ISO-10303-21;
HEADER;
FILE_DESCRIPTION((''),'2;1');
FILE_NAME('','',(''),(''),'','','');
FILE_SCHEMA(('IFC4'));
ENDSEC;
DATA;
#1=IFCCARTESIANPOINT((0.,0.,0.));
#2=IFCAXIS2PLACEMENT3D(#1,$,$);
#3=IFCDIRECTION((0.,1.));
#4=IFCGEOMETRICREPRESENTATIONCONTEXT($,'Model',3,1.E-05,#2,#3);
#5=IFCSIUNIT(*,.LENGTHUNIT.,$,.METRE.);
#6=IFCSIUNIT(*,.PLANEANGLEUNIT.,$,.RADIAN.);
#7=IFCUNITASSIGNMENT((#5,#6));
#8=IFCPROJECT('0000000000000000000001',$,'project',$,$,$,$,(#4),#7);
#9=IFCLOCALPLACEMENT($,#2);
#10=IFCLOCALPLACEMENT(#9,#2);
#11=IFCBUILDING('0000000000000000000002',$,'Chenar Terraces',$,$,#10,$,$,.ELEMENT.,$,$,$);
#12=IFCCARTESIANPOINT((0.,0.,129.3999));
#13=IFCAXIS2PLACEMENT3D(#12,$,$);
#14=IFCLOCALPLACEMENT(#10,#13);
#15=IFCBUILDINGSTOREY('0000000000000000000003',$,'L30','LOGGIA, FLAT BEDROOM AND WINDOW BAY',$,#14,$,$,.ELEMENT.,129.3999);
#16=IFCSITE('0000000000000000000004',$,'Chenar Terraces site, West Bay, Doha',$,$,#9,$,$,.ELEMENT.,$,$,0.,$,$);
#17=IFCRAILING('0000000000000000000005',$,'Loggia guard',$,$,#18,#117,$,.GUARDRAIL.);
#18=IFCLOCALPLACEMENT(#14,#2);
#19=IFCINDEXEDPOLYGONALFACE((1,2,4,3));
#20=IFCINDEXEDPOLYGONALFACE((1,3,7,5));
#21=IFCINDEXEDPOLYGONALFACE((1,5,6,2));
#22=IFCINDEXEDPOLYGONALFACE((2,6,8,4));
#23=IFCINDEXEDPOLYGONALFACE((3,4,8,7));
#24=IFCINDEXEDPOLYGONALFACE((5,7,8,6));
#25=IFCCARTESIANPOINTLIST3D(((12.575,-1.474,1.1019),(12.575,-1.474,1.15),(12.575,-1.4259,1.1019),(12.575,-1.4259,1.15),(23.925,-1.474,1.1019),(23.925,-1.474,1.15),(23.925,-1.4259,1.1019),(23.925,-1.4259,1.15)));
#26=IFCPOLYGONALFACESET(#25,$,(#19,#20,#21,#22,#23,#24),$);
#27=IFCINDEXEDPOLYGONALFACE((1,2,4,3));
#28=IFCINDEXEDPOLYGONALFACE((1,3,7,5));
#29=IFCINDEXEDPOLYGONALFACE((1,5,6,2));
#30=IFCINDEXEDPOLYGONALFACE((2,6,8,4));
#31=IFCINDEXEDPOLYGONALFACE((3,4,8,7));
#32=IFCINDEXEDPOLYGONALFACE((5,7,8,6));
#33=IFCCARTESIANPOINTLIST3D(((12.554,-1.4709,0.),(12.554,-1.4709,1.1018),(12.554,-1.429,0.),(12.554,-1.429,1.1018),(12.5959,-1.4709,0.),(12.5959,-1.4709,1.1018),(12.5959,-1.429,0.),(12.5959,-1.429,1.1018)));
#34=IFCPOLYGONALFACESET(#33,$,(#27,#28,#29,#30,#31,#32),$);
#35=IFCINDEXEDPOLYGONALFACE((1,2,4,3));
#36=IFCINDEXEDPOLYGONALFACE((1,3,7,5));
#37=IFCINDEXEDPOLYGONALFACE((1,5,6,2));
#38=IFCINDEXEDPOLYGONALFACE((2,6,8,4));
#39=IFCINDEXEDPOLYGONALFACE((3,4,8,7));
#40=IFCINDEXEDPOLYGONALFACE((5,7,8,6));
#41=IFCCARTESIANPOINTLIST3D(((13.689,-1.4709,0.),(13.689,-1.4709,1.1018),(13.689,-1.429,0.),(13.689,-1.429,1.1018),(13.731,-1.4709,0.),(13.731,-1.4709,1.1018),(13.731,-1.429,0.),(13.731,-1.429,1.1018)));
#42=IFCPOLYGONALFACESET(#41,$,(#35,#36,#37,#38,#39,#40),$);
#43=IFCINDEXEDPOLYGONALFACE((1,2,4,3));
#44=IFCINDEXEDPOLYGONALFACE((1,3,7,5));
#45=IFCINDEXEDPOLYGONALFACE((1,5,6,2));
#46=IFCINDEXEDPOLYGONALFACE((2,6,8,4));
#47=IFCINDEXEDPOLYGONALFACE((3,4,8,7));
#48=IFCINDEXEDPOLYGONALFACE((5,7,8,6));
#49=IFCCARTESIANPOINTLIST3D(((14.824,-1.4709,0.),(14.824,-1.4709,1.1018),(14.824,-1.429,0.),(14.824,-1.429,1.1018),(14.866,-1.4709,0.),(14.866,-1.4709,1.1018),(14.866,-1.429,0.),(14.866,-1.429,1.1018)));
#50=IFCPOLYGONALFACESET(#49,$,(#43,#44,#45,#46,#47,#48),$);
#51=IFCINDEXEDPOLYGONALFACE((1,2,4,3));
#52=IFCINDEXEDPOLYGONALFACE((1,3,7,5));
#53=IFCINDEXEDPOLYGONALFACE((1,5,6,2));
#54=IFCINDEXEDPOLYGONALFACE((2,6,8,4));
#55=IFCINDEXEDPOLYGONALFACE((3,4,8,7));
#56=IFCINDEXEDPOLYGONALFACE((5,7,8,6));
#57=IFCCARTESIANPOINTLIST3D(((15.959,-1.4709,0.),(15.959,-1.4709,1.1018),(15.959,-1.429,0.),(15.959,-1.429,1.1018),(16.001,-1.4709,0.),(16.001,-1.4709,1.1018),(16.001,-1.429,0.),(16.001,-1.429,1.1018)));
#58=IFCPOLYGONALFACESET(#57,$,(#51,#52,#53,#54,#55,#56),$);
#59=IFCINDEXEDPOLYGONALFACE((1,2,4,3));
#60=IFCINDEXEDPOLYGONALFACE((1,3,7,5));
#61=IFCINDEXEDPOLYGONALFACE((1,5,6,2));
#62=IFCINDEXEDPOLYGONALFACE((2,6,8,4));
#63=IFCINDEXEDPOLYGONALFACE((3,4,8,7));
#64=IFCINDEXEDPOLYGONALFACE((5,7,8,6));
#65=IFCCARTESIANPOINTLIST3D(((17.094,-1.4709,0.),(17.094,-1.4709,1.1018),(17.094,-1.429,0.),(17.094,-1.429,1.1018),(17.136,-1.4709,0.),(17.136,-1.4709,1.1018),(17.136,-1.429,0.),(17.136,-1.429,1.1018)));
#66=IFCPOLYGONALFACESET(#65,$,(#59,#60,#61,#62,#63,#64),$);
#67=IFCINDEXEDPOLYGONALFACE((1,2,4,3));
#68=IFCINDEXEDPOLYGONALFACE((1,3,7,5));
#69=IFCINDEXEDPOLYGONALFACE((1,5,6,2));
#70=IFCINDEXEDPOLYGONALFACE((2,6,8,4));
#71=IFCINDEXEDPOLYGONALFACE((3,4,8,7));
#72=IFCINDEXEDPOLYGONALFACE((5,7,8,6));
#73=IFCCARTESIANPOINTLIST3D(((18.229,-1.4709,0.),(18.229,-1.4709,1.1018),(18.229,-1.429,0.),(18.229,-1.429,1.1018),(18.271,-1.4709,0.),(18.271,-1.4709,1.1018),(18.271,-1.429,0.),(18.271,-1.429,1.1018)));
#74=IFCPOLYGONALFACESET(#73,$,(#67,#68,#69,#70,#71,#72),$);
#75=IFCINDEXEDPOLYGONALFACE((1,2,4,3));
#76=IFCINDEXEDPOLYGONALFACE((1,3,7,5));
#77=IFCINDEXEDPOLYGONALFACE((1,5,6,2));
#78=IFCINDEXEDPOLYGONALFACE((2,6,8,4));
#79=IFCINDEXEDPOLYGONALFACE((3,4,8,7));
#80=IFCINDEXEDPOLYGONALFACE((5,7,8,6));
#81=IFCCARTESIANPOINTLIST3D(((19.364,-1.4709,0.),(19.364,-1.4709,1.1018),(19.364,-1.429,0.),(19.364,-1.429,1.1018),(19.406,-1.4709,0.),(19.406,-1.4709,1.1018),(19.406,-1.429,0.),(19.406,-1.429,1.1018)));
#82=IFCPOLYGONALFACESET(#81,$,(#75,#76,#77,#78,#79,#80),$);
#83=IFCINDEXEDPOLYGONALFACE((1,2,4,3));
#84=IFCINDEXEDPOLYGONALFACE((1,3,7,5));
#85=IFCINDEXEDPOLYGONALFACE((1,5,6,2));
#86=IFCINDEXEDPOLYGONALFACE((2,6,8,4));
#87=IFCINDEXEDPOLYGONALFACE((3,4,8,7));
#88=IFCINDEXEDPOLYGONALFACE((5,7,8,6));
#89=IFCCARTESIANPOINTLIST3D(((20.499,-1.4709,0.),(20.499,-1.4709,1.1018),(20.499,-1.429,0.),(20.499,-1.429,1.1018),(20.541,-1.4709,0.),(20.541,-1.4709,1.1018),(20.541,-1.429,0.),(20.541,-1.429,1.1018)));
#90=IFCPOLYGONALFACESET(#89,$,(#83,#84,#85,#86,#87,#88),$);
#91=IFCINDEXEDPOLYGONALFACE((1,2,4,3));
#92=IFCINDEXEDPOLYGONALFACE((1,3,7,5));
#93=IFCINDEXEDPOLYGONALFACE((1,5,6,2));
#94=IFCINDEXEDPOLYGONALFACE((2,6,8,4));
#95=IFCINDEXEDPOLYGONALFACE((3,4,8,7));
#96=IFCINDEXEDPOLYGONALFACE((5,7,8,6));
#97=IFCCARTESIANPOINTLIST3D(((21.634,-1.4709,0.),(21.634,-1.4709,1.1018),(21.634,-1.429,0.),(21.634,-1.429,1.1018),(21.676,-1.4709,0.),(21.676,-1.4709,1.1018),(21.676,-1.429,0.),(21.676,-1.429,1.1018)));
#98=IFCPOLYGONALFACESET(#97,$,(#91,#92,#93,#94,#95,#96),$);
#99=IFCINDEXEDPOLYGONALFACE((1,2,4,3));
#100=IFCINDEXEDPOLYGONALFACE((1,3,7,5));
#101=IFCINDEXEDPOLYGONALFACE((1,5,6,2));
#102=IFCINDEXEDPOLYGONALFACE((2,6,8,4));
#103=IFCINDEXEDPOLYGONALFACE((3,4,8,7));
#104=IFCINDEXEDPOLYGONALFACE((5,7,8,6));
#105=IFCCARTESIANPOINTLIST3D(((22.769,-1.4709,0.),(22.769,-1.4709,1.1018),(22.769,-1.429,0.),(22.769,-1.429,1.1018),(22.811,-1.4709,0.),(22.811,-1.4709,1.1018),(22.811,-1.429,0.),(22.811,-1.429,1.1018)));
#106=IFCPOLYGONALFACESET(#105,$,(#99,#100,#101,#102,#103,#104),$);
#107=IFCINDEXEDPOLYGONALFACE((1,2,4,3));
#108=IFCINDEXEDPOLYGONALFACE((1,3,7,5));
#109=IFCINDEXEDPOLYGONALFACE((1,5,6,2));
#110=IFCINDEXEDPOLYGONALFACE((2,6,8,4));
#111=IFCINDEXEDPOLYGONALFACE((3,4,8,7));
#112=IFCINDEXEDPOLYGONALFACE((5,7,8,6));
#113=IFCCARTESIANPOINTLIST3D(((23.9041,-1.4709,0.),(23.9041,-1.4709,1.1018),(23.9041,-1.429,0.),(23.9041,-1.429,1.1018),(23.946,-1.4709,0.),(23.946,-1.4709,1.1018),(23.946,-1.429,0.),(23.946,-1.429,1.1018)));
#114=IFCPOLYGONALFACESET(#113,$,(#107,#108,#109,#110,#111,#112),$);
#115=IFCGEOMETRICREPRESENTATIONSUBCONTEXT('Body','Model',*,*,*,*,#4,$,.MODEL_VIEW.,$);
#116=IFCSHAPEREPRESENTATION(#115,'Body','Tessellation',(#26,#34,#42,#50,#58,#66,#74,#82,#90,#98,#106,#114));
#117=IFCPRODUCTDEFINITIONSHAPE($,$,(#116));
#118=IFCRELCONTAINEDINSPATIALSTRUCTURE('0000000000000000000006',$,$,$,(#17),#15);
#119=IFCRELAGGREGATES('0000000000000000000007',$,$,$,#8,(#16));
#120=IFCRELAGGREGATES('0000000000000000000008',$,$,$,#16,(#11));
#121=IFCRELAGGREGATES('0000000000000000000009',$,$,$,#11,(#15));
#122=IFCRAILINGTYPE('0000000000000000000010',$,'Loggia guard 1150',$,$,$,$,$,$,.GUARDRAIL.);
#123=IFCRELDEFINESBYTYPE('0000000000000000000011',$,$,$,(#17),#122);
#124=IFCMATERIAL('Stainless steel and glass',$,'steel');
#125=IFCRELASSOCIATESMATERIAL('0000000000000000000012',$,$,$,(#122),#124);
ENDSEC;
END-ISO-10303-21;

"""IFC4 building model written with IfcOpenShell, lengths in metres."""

from ifc_helpers import new_model, si_unit, direction, frame, origin, origin_2d, place, context, subcontext, project, spatial, rectangle, extrude, material, type_object, element, save


model = new_model("IFC4")

# Units and contexts
model_context = context("Model", 3, precision=1e-05, world=origin(), true_north=direction((0.0, 1.0)))
body_context = subcontext(model_context, "Body", "Model", "MODEL_VIEW")
ifc_project = project(units=[si_unit("LENGTHUNIT", "METRE"), si_unit("PLANEANGLEUNIT", "RADIAN")], contexts=[model_context])

# Site, building, storey
site_placement = place(None, origin())
site = spatial("IfcSite", under=ifc_project, at=site_placement, Name="Chenar Terraces site, West Bay, Doha", CompositionType="ELEMENT", RefElevation=0.0)
building_placement = place(site_placement, origin())
building = spatial("IfcBuilding", under=site, at=building_placement, Name="Chenar Terraces", CompositionType="ELEMENT")
storey_placement = place(building_placement, frame((0.0, 0.0, 129.3999)))
storey = spatial("IfcBuildingStorey", under=building, at=storey_placement, Name="L30", Description="LOGGIA, FLAT BEDROOM AND WINDOW BAY", CompositionType="ELEMENT", Elevation=129.3999)

# Railing
ifc_material_1 = material(Name="Stainless steel and glass", Category="steel")
railing_type = type_object("IfcRailingType", Name="Loggia guard 1150", PredefinedType="GUARDRAIL", material=ifc_material_1)
railing_placement = place(storey_placement, frame((12.575, -1.45, 0.0)))
element("IfcRailing", 1, at=railing_placement, inside=storey, type_object=railing_type, Name="Loggia guard", PredefinedType="GUARDRAIL", context=body_context, shape_type="SweptSolid", body=[
    extrude(rectangle(XDim=0.0481, YDim=0.0481, at=origin_2d()), frame((0.0, 0.0, 1.126), z_axis=(1.0, 0.0, 0.0), x_axis=(0.0, 1.0, 0.0)), (0.0, 0.0, 1.0), 11.3501),
    extrude(rectangle(XDim=0.042, YDim=0.042, at=origin_2d()), origin(), (0.0, 0.0, 1.0), 1.1018),
    extrude(rectangle(XDim=0.042, YDim=0.042, at=origin_2d()), frame((1.135, 0.0, 0.0)), (0.0, 0.0, 1.0), 1.1018),
    extrude(rectangle(XDim=0.042, YDim=0.042, at=origin_2d()), frame((2.27, 0.0, 0.0)), (0.0, 0.0, 1.0), 1.1018),
    extrude(rectangle(XDim=0.042, YDim=0.042, at=origin_2d()), frame((3.405, 0.0, 0.0)), (0.0, 0.0, 1.0), 1.1018),
    extrude(rectangle(XDim=0.042, YDim=0.042, at=origin_2d()), frame((4.54, 0.0, 0.0)), (0.0, 0.0, 1.0), 1.1018),
    extrude(rectangle(XDim=0.042, YDim=0.042, at=origin_2d()), frame((5.675, 0.0, 0.0)), (0.0, 0.0, 1.0), 1.1018),
    extrude(rectangle(XDim=0.042, YDim=0.042, at=origin_2d()), frame((6.8101, 0.0, 0.0)), (0.0, 0.0, 1.0), 1.1018),
    extrude(rectangle(XDim=0.042, YDim=0.042, at=origin_2d()), frame((7.9451, 0.0, 0.0)), (0.0, 0.0, 1.0), 1.1018),
    extrude(rectangle(XDim=0.042, YDim=0.042, at=origin_2d()), frame((9.0801, 0.0, 0.0)), (0.0, 0.0, 1.0), 1.1018),
    extrude(rectangle(XDim=0.042, YDim=0.042, at=origin_2d()), frame((10.2151, 0.0, 0.0)), (0.0, 0.0, 1.0), 1.1018),
    extrude(rectangle(XDim=0.042, YDim=0.042, at=origin_2d()), frame((11.3501, 0.0, 0.0)), (0.0, 0.0, 1.0), 1.1018),
])

save(model, "model.ifc")
